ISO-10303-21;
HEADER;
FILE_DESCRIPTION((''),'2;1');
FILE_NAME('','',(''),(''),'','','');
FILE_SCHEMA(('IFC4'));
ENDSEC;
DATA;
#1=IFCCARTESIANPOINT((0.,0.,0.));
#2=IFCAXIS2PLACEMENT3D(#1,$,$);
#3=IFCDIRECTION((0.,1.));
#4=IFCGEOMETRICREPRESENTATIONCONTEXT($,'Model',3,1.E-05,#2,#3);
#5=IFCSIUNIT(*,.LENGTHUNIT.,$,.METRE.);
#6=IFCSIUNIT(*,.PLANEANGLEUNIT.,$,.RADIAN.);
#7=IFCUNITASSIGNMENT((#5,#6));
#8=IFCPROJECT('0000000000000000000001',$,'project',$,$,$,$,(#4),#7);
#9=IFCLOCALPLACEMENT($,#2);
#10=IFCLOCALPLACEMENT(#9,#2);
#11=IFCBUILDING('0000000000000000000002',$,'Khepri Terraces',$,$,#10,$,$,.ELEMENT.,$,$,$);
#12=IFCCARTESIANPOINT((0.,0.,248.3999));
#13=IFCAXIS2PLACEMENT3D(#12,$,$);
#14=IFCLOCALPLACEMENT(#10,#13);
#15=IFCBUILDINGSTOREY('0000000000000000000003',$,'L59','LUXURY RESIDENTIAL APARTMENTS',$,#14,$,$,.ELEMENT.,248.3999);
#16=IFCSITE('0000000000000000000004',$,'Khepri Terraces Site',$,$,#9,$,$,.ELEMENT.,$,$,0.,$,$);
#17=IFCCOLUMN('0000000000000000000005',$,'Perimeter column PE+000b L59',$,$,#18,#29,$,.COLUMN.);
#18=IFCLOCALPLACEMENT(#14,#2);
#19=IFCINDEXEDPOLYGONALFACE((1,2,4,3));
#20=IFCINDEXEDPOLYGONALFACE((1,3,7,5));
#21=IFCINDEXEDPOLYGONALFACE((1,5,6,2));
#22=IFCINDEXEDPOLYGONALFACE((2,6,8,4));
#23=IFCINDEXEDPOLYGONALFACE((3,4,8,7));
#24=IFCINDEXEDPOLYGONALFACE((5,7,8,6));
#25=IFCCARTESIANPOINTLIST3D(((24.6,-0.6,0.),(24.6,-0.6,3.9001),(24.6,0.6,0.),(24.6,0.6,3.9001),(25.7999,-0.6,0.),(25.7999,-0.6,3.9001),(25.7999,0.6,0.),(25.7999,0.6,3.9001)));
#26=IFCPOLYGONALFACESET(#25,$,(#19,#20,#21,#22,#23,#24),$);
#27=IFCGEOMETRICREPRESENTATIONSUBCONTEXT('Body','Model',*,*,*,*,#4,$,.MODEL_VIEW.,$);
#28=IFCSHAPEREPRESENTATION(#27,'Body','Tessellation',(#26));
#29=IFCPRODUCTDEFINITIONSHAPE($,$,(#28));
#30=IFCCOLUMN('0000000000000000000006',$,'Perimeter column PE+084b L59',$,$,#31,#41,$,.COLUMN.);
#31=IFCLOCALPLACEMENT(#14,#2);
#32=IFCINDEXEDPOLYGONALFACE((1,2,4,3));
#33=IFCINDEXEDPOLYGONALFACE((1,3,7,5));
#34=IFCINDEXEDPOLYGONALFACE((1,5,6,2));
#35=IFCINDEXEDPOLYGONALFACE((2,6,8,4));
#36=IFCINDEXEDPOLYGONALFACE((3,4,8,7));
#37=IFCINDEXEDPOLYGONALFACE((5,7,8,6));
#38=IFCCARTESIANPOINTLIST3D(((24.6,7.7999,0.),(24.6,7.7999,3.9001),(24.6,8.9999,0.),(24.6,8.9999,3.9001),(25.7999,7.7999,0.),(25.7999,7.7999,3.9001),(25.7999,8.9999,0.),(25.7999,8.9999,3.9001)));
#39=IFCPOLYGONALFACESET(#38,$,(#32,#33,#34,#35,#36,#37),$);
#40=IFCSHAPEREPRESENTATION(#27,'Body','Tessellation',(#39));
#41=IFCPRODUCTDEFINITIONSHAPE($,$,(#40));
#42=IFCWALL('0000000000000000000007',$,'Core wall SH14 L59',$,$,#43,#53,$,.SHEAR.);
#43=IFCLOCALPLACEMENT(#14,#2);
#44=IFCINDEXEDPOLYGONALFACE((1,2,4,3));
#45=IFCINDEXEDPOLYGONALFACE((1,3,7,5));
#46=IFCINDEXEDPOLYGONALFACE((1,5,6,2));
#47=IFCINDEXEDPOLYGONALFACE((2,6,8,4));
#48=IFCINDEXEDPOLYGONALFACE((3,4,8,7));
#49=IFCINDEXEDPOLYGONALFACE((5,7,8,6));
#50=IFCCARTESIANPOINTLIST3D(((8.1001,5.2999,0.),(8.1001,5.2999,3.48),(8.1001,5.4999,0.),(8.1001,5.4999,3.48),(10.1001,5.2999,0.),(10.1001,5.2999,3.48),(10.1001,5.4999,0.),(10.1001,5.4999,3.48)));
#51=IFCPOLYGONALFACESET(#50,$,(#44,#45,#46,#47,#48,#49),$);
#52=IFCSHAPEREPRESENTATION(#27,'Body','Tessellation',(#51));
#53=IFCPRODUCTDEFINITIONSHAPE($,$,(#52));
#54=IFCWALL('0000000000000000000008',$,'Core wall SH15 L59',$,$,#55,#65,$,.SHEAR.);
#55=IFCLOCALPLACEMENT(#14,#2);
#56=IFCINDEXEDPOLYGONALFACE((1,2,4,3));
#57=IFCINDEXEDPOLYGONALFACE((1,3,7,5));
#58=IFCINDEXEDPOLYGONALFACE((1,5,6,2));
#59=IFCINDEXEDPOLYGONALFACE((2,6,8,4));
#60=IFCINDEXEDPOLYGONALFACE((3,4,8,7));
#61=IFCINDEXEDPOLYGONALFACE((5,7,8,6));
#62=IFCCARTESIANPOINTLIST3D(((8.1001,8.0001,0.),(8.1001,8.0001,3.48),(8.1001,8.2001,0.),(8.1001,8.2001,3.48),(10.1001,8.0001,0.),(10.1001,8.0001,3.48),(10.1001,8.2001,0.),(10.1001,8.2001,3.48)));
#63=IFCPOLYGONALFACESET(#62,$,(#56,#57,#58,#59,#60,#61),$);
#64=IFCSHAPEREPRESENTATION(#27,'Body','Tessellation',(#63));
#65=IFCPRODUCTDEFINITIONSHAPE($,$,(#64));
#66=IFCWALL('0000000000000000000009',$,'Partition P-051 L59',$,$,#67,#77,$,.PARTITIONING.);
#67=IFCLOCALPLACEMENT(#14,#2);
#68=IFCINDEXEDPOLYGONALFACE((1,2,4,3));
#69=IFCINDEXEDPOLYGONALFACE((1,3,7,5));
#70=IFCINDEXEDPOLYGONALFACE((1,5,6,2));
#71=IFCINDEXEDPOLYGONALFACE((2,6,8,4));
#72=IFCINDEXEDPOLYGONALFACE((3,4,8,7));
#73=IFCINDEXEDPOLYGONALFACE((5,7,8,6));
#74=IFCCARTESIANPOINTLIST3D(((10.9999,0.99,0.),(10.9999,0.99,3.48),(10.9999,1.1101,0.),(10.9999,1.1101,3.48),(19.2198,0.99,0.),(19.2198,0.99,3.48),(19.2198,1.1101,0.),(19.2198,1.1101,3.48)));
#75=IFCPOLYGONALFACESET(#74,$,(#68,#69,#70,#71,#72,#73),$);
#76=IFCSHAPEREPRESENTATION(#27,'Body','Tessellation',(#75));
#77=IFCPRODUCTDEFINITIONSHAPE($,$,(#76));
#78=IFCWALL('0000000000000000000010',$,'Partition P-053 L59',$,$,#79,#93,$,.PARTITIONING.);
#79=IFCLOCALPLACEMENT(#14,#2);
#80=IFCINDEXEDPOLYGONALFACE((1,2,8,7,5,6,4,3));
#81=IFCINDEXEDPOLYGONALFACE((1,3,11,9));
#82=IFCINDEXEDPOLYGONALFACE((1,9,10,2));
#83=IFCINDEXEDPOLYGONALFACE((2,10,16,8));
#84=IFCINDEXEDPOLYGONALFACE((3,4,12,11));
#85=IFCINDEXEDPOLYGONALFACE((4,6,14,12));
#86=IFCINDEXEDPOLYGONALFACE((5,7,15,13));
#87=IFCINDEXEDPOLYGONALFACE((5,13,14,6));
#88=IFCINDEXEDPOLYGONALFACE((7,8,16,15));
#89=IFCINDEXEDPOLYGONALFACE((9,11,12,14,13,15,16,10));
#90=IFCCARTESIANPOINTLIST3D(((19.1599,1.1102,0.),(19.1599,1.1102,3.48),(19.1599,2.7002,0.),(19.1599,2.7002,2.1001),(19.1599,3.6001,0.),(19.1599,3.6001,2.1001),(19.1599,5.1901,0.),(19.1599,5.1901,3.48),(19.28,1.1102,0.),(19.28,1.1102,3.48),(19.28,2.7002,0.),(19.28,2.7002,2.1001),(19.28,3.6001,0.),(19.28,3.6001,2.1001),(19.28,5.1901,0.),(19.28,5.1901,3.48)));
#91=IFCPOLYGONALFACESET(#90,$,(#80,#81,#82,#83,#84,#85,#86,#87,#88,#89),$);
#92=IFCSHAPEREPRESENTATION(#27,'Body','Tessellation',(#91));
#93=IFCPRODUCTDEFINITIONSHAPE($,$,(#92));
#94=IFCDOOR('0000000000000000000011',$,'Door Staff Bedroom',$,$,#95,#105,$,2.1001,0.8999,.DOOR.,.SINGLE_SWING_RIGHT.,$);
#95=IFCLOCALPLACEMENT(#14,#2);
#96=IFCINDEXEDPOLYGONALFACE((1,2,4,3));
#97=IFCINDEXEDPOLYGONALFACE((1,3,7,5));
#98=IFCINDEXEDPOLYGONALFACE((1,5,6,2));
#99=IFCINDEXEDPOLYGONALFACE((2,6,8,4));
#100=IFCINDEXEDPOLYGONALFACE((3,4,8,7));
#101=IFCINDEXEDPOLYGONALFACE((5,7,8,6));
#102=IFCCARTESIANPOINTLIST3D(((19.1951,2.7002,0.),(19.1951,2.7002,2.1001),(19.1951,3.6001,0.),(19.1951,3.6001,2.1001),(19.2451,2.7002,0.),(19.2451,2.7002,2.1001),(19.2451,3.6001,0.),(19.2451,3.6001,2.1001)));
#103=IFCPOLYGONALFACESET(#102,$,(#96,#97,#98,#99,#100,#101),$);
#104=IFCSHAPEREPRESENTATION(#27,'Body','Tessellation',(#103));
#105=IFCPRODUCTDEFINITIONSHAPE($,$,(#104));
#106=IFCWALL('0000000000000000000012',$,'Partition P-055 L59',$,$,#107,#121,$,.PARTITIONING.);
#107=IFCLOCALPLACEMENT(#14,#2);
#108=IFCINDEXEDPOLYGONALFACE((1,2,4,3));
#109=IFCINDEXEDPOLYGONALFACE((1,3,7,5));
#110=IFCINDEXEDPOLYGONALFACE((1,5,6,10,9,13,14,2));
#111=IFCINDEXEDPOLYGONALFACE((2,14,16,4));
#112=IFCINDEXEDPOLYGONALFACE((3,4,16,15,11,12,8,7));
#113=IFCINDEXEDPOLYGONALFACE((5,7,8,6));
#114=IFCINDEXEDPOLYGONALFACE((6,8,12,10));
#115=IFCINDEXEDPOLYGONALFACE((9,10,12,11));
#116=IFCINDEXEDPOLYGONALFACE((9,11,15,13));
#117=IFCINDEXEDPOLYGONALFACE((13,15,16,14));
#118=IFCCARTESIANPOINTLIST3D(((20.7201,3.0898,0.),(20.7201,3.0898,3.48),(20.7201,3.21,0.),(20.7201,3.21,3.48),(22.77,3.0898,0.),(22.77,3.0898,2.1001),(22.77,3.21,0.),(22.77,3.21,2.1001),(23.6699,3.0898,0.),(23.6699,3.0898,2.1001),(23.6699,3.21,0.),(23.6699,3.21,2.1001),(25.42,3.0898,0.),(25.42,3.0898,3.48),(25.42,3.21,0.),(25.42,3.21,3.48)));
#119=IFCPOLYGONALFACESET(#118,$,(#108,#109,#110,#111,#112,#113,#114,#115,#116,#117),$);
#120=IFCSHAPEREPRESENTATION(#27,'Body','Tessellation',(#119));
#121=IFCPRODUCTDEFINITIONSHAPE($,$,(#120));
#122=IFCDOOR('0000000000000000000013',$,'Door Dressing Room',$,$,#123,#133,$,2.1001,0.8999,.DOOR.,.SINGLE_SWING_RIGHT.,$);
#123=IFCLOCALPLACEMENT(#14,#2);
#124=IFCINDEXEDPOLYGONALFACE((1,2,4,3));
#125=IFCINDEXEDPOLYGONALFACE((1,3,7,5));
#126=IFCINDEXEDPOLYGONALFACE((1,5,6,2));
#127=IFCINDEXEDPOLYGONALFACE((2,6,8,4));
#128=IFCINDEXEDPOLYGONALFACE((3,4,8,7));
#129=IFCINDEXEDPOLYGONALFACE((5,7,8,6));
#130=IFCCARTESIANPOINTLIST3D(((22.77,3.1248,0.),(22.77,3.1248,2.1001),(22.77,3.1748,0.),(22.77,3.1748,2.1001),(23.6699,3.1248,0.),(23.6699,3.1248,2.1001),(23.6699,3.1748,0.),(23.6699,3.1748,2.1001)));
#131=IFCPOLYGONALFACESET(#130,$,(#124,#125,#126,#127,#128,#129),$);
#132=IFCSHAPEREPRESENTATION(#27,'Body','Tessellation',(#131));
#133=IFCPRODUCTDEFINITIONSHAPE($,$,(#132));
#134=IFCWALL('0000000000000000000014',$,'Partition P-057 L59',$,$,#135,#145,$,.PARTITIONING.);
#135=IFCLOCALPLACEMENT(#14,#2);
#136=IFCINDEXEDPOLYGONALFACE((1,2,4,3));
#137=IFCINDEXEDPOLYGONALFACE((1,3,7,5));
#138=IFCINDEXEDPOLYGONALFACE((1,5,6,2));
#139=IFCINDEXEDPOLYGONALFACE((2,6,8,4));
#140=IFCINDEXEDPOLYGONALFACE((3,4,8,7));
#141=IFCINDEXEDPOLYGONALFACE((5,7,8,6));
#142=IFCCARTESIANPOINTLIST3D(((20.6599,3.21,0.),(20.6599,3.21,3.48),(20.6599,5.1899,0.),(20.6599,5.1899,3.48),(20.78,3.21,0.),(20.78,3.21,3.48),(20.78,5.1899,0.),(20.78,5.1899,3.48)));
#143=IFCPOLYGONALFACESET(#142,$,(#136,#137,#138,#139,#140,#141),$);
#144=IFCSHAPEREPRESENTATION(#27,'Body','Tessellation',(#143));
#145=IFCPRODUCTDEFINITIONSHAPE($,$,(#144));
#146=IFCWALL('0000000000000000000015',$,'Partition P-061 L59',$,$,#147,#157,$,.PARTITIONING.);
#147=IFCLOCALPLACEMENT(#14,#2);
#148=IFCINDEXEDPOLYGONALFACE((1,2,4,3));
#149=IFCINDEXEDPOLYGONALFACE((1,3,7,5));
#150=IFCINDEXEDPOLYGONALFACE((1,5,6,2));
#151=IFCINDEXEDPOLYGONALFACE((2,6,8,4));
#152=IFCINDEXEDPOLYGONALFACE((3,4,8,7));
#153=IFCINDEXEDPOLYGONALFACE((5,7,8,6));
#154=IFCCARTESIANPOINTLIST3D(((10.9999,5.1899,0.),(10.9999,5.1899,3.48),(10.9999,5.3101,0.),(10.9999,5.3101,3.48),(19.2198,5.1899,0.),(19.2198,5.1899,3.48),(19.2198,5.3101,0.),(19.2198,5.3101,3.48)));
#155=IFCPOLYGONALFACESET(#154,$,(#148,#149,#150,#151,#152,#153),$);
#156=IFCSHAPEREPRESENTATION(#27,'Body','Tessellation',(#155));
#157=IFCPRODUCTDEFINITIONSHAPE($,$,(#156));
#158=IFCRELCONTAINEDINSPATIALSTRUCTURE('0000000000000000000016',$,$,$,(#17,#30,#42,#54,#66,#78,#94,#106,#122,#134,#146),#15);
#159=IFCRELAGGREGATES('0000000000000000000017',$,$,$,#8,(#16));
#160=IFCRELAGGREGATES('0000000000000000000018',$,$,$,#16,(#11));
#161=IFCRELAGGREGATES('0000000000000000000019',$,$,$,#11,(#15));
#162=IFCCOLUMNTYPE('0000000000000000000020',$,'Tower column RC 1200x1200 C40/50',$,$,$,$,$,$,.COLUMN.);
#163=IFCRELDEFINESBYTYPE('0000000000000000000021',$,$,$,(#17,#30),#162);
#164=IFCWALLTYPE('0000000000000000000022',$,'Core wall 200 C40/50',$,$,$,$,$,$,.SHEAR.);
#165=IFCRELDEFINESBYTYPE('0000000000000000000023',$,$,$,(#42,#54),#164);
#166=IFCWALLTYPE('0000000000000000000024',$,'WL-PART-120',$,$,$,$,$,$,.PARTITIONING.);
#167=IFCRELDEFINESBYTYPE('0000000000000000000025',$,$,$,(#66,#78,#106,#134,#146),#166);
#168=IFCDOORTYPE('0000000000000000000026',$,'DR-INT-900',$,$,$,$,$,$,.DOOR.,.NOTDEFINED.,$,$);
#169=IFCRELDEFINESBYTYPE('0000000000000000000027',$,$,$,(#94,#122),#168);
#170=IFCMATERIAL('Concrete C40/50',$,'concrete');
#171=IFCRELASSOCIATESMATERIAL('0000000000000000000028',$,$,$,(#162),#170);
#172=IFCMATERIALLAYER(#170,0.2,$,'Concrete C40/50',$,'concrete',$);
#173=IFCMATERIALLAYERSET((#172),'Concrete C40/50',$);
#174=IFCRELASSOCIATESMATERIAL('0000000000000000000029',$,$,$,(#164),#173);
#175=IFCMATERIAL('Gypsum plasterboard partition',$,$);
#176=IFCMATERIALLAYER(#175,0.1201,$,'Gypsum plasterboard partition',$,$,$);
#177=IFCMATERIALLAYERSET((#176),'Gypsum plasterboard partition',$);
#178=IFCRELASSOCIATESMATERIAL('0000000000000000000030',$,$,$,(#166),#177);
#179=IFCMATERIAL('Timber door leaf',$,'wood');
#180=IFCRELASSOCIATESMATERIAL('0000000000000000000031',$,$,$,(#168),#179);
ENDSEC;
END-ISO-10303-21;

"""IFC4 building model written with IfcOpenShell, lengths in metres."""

from ifc_helpers import new_model, si_unit, direction, frame, frame_2d, origin, origin_2d, place, context, subcontext, project, spatial, rectangle, extrude, material, layer, layer_set, material_profile, profile_set, type_object, element, fill, save


model = new_model("IFC4")

# Units and contexts
model_context = context("Model", 3, precision=1e-05, world=origin(), true_north=direction((0.0, 1.0)))
body_context = subcontext(model_context, "Body", "Model", "MODEL_VIEW")
ifc_project = project(units=[si_unit("LENGTHUNIT", "METRE"), si_unit("PLANEANGLEUNIT", "RADIAN")], contexts=[model_context])

# Site, building, storey
site_placement = place(None, origin())
site = spatial("IfcSite", under=ifc_project, at=site_placement, Name="Khepri Terraces Site", CompositionType="ELEMENT", RefElevation=0.0)
building_placement = place(site_placement, origin())
building = spatial("IfcBuilding", under=site, at=building_placement, Name="Khepri Terraces", CompositionType="ELEMENT")
storey_placement = place(building_placement, frame((0.0, 0.0, 248.3999)))
storey = spatial("IfcBuildingStorey", under=building, at=storey_placement, Name="L59", Description="LUXURY RESIDENTIAL APARTMENTS", CompositionType="ELEMENT", Elevation=248.3999)

# Columns
ifc_material_1 = material(Name="Concrete C40/50", Category="concrete")
ifc_material_profile = material_profile(ifc_material_1, rectangle(XDim=1.2, YDim=1.2, at=origin_2d()), Name="Concrete C40/50", Category="concrete")
ifc_profile_set = profile_set([ifc_material_profile], Name="Concrete C40/50")
column_type = type_object("IfcColumnType", Name="Tower column RC 1200x1200 C40/50", PredefinedType="COLUMN", material=ifc_profile_set)
for number, where, z_axis, x_axis, name in (
    (1, (25.2, 0.0, 0.0), (0.0, 0.0, 1.0), (1.0, 0.0, 0.0), "Perimeter column PE+000b L59"),
    (2, (25.2, 8.3999, 0.0), (0.0, 0.0, 1.0), (1.0, 0.0, 0.0), "Perimeter column PE+084b L59"),
):
    element("IfcColumn", number, at=place(storey_placement, frame(where, z_axis=z_axis, x_axis=x_axis)), inside=storey, type_object=column_type, Name=name, PredefinedType="COLUMN", context=body_context, shape_type="SweptSolid", body=[
        extrude(rectangle(XDim=1.2, YDim=1.2, at=origin_2d()), origin(), (0.0, 0.0, 1.0), 3.9001),
    ])

# Walls
ifc_layer_1 = layer(ifc_material_1, 0.2, Name="Concrete C40/50", Category="concrete")
ifc_layer_set_1 = layer_set([ifc_layer_1], Name="Concrete C40/50")
wall_type_1 = type_object("IfcWallType", Name="Core wall 200 C40/50", PredefinedType="SHEAR", material=ifc_layer_set_1)
for number, where, z_axis, x_axis, name in (
    (3, (8.1001, 5.3999, 0.0), (0.0, 0.0, 1.0), (1.0, 0.0, 0.0), "Core wall SH14 L59"),
    (4, (8.1001, 8.1001, 0.0), (0.0, 0.0, 1.0), (1.0, 0.0, 0.0), "Core wall SH15 L59"),
):
    element("IfcWall", number, at=place(storey_placement, frame(where, z_axis=z_axis, x_axis=x_axis)), inside=storey, type_object=wall_type_1, Name=name, PredefinedType="SHEAR", context=body_context, shape_type="SweptSolid", body=[
        extrude(rectangle(XDim=2.0, YDim=0.2, at=frame_2d((1.0, 0.0))), origin(), (0.0, 0.0, 1.0), 3.48),
    ])

# Wall
ifc_material_2 = material(Name="Gypsum plasterboard partition")
ifc_layer_2 = layer(ifc_material_2, 0.1201, Name="Gypsum plasterboard partition")
ifc_layer_set_2 = layer_set([ifc_layer_2], Name="Gypsum plasterboard partition")
wall_type_2 = type_object("IfcWallType", Name="WL-PART-120", PredefinedType="PARTITIONING", material=ifc_layer_set_2)
wall_1_placement = place(storey_placement, frame((11.0, 1.05, 0.0), z_axis=(0.0, 0.0, 1.0), x_axis=(1.0, 0.0, 0.0)))
element("IfcWall", 5, at=wall_1_placement, inside=storey, type_object=wall_type_2, Name="Partition P-051 L59", PredefinedType="PARTITIONING", context=body_context, shape_type="SweptSolid", body=[
    extrude(rectangle(XDim=8.22, YDim=0.1201, at=frame_2d((4.1099, 0.0))), origin(), (0.0, 0.0, 1.0), 3.48),
])

# Walls, openings, doors
wall_2_placement = place(storey_placement, frame((19.22, 1.1101, 0.0), z_axis=(0.0, 0.0, 1.0), x_axis=(0.0, 1.0, 0.0)))
wall_2 = element("IfcWall", 6, at=wall_2_placement, inside=storey, type_object=wall_type_2, Name="Partition P-053 L59", PredefinedType="PARTITIONING", context=body_context, shape_type="SweptSolid", body=[
    extrude(rectangle(XDim=4.0798, YDim=0.1201, at=frame_2d((2.04, 0.0))), origin(), (0.0, 0.0, 1.0), 3.48),
])
opening_1_placement = place(wall_2_placement, frame((1.5901, 0.0, 0.0)))
opening_1 = element("IfcOpeningElement", 7, at=opening_1_placement, cuts=wall_2, PredefinedType="OPENING", context=body_context, shape_type="SweptSolid", body=[
    extrude(rectangle(XDim=0.8999, YDim=2.1001, at=frame_2d((0.45, 1.05))), frame((0.0, 0.0701, 0.0), z_axis=(0.0, -1.0, 0.0), x_axis=(1.0, 0.0, 0.0)), (0.0, 0.0, 1.0), 0.1401),
])
ifc_material_3 = material(Name="Timber door leaf", Category="wood")
door_type_1 = type_object("IfcDoorType", Name="DR-INT-900", OperationType="NOTDEFINED", PredefinedType="DOOR", material=ifc_material_3)
door_1_placement = place(opening_1_placement, origin())
door_1 = element("IfcDoor", 8, at=door_1_placement, inside=storey, type_object=door_type_1, Name="Door Staff Bedroom", OperationType="SINGLE_SWING_RIGHT", OverallHeight=2.1001, OverallWidth=0.8999, PredefinedType="DOOR", context=body_context, shape_type="SweptSolid", body=[
    extrude(rectangle(XDim=0.8999, YDim=2.1001, at=frame_2d((0.45, 1.05))), frame((0.0, 0.0249, 0.0), z_axis=(0.0, -1.0, 0.0), x_axis=(1.0, 0.0, 0.0)), (0.0, 0.0, 1.0), 0.05),
])
fill(opening_1, door_1)
wall_3_placement = place(storey_placement, frame((20.72, 3.1499, 0.0), z_axis=(0.0, 0.0, 1.0), x_axis=(1.0, 0.0, 0.0)))
wall_3 = element("IfcWall", 9, at=wall_3_placement, inside=storey, type_object=wall_type_2, Name="Partition P-055 L59", PredefinedType="PARTITIONING", context=body_context, shape_type="SweptSolid", body=[
    extrude(rectangle(XDim=4.7, YDim=0.1201, at=frame_2d((2.3501, 0.0))), origin(), (0.0, 0.0, 1.0), 3.48),
])
opening_2_placement = place(wall_3_placement, frame((2.05, 0.0, 0.0)))
opening_2 = element("IfcOpeningElement", 10, at=opening_2_placement, cuts=wall_3, PredefinedType="OPENING", context=body_context, shape_type="SweptSolid", body=[
    extrude(rectangle(XDim=0.8999, YDim=2.1001, at=frame_2d((0.45, 1.05))), frame((0.0, 0.0701, 0.0), z_axis=(0.0, -1.0, 0.0), x_axis=(1.0, 0.0, 0.0)), (0.0, 0.0, 1.0), 0.1401),
])
door_2_placement = place(opening_2_placement, origin())
door_2 = element("IfcDoor", 11, at=door_2_placement, inside=storey, type_object=door_type_1, Name="Door Dressing Room", OperationType="SINGLE_SWING_RIGHT", OverallHeight=2.1001, OverallWidth=0.8999, PredefinedType="DOOR", context=body_context, shape_type="SweptSolid", body=[
    extrude(rectangle(XDim=0.8999, YDim=2.1001, at=frame_2d((0.45, 1.05))), frame((0.0, 0.0249, 0.0), z_axis=(0.0, -1.0, 0.0), x_axis=(1.0, 0.0, 0.0)), (0.0, 0.0, 1.0), 0.05),
])
fill(opening_2, door_2)

# Walls
wall_4_placement = place(storey_placement, frame((20.72, 3.21, 0.0), z_axis=(0.0, 0.0, 1.0), x_axis=(0.0, 1.0, 0.0)))
element("IfcWall", 12, at=wall_4_placement, inside=storey, type_object=wall_type_2, Name="Partition P-057 L59", PredefinedType="PARTITIONING", context=body_context, shape_type="SweptSolid", body=[
    extrude(rectangle(XDim=1.98, YDim=0.1201, at=frame_2d((0.99, 0.0))), origin(), (0.0, 0.0, 1.0), 3.48),
])
wall_5_placement = place(storey_placement, frame((11.0, 5.25, 0.0), z_axis=(0.0, 0.0, 1.0), x_axis=(1.0, 0.0, 0.0)))
element("IfcWall", 13, at=wall_5_placement, inside=storey, type_object=wall_type_2, Name="Partition P-061 L59", PredefinedType="PARTITIONING", context=body_context, shape_type="SweptSolid", body=[
    extrude(rectangle(XDim=8.22, YDim=0.1201, at=frame_2d((4.1099, 0.0))), origin(), (0.0, 0.0, 1.0), 3.48),
])

save(model, "model.ifc")
